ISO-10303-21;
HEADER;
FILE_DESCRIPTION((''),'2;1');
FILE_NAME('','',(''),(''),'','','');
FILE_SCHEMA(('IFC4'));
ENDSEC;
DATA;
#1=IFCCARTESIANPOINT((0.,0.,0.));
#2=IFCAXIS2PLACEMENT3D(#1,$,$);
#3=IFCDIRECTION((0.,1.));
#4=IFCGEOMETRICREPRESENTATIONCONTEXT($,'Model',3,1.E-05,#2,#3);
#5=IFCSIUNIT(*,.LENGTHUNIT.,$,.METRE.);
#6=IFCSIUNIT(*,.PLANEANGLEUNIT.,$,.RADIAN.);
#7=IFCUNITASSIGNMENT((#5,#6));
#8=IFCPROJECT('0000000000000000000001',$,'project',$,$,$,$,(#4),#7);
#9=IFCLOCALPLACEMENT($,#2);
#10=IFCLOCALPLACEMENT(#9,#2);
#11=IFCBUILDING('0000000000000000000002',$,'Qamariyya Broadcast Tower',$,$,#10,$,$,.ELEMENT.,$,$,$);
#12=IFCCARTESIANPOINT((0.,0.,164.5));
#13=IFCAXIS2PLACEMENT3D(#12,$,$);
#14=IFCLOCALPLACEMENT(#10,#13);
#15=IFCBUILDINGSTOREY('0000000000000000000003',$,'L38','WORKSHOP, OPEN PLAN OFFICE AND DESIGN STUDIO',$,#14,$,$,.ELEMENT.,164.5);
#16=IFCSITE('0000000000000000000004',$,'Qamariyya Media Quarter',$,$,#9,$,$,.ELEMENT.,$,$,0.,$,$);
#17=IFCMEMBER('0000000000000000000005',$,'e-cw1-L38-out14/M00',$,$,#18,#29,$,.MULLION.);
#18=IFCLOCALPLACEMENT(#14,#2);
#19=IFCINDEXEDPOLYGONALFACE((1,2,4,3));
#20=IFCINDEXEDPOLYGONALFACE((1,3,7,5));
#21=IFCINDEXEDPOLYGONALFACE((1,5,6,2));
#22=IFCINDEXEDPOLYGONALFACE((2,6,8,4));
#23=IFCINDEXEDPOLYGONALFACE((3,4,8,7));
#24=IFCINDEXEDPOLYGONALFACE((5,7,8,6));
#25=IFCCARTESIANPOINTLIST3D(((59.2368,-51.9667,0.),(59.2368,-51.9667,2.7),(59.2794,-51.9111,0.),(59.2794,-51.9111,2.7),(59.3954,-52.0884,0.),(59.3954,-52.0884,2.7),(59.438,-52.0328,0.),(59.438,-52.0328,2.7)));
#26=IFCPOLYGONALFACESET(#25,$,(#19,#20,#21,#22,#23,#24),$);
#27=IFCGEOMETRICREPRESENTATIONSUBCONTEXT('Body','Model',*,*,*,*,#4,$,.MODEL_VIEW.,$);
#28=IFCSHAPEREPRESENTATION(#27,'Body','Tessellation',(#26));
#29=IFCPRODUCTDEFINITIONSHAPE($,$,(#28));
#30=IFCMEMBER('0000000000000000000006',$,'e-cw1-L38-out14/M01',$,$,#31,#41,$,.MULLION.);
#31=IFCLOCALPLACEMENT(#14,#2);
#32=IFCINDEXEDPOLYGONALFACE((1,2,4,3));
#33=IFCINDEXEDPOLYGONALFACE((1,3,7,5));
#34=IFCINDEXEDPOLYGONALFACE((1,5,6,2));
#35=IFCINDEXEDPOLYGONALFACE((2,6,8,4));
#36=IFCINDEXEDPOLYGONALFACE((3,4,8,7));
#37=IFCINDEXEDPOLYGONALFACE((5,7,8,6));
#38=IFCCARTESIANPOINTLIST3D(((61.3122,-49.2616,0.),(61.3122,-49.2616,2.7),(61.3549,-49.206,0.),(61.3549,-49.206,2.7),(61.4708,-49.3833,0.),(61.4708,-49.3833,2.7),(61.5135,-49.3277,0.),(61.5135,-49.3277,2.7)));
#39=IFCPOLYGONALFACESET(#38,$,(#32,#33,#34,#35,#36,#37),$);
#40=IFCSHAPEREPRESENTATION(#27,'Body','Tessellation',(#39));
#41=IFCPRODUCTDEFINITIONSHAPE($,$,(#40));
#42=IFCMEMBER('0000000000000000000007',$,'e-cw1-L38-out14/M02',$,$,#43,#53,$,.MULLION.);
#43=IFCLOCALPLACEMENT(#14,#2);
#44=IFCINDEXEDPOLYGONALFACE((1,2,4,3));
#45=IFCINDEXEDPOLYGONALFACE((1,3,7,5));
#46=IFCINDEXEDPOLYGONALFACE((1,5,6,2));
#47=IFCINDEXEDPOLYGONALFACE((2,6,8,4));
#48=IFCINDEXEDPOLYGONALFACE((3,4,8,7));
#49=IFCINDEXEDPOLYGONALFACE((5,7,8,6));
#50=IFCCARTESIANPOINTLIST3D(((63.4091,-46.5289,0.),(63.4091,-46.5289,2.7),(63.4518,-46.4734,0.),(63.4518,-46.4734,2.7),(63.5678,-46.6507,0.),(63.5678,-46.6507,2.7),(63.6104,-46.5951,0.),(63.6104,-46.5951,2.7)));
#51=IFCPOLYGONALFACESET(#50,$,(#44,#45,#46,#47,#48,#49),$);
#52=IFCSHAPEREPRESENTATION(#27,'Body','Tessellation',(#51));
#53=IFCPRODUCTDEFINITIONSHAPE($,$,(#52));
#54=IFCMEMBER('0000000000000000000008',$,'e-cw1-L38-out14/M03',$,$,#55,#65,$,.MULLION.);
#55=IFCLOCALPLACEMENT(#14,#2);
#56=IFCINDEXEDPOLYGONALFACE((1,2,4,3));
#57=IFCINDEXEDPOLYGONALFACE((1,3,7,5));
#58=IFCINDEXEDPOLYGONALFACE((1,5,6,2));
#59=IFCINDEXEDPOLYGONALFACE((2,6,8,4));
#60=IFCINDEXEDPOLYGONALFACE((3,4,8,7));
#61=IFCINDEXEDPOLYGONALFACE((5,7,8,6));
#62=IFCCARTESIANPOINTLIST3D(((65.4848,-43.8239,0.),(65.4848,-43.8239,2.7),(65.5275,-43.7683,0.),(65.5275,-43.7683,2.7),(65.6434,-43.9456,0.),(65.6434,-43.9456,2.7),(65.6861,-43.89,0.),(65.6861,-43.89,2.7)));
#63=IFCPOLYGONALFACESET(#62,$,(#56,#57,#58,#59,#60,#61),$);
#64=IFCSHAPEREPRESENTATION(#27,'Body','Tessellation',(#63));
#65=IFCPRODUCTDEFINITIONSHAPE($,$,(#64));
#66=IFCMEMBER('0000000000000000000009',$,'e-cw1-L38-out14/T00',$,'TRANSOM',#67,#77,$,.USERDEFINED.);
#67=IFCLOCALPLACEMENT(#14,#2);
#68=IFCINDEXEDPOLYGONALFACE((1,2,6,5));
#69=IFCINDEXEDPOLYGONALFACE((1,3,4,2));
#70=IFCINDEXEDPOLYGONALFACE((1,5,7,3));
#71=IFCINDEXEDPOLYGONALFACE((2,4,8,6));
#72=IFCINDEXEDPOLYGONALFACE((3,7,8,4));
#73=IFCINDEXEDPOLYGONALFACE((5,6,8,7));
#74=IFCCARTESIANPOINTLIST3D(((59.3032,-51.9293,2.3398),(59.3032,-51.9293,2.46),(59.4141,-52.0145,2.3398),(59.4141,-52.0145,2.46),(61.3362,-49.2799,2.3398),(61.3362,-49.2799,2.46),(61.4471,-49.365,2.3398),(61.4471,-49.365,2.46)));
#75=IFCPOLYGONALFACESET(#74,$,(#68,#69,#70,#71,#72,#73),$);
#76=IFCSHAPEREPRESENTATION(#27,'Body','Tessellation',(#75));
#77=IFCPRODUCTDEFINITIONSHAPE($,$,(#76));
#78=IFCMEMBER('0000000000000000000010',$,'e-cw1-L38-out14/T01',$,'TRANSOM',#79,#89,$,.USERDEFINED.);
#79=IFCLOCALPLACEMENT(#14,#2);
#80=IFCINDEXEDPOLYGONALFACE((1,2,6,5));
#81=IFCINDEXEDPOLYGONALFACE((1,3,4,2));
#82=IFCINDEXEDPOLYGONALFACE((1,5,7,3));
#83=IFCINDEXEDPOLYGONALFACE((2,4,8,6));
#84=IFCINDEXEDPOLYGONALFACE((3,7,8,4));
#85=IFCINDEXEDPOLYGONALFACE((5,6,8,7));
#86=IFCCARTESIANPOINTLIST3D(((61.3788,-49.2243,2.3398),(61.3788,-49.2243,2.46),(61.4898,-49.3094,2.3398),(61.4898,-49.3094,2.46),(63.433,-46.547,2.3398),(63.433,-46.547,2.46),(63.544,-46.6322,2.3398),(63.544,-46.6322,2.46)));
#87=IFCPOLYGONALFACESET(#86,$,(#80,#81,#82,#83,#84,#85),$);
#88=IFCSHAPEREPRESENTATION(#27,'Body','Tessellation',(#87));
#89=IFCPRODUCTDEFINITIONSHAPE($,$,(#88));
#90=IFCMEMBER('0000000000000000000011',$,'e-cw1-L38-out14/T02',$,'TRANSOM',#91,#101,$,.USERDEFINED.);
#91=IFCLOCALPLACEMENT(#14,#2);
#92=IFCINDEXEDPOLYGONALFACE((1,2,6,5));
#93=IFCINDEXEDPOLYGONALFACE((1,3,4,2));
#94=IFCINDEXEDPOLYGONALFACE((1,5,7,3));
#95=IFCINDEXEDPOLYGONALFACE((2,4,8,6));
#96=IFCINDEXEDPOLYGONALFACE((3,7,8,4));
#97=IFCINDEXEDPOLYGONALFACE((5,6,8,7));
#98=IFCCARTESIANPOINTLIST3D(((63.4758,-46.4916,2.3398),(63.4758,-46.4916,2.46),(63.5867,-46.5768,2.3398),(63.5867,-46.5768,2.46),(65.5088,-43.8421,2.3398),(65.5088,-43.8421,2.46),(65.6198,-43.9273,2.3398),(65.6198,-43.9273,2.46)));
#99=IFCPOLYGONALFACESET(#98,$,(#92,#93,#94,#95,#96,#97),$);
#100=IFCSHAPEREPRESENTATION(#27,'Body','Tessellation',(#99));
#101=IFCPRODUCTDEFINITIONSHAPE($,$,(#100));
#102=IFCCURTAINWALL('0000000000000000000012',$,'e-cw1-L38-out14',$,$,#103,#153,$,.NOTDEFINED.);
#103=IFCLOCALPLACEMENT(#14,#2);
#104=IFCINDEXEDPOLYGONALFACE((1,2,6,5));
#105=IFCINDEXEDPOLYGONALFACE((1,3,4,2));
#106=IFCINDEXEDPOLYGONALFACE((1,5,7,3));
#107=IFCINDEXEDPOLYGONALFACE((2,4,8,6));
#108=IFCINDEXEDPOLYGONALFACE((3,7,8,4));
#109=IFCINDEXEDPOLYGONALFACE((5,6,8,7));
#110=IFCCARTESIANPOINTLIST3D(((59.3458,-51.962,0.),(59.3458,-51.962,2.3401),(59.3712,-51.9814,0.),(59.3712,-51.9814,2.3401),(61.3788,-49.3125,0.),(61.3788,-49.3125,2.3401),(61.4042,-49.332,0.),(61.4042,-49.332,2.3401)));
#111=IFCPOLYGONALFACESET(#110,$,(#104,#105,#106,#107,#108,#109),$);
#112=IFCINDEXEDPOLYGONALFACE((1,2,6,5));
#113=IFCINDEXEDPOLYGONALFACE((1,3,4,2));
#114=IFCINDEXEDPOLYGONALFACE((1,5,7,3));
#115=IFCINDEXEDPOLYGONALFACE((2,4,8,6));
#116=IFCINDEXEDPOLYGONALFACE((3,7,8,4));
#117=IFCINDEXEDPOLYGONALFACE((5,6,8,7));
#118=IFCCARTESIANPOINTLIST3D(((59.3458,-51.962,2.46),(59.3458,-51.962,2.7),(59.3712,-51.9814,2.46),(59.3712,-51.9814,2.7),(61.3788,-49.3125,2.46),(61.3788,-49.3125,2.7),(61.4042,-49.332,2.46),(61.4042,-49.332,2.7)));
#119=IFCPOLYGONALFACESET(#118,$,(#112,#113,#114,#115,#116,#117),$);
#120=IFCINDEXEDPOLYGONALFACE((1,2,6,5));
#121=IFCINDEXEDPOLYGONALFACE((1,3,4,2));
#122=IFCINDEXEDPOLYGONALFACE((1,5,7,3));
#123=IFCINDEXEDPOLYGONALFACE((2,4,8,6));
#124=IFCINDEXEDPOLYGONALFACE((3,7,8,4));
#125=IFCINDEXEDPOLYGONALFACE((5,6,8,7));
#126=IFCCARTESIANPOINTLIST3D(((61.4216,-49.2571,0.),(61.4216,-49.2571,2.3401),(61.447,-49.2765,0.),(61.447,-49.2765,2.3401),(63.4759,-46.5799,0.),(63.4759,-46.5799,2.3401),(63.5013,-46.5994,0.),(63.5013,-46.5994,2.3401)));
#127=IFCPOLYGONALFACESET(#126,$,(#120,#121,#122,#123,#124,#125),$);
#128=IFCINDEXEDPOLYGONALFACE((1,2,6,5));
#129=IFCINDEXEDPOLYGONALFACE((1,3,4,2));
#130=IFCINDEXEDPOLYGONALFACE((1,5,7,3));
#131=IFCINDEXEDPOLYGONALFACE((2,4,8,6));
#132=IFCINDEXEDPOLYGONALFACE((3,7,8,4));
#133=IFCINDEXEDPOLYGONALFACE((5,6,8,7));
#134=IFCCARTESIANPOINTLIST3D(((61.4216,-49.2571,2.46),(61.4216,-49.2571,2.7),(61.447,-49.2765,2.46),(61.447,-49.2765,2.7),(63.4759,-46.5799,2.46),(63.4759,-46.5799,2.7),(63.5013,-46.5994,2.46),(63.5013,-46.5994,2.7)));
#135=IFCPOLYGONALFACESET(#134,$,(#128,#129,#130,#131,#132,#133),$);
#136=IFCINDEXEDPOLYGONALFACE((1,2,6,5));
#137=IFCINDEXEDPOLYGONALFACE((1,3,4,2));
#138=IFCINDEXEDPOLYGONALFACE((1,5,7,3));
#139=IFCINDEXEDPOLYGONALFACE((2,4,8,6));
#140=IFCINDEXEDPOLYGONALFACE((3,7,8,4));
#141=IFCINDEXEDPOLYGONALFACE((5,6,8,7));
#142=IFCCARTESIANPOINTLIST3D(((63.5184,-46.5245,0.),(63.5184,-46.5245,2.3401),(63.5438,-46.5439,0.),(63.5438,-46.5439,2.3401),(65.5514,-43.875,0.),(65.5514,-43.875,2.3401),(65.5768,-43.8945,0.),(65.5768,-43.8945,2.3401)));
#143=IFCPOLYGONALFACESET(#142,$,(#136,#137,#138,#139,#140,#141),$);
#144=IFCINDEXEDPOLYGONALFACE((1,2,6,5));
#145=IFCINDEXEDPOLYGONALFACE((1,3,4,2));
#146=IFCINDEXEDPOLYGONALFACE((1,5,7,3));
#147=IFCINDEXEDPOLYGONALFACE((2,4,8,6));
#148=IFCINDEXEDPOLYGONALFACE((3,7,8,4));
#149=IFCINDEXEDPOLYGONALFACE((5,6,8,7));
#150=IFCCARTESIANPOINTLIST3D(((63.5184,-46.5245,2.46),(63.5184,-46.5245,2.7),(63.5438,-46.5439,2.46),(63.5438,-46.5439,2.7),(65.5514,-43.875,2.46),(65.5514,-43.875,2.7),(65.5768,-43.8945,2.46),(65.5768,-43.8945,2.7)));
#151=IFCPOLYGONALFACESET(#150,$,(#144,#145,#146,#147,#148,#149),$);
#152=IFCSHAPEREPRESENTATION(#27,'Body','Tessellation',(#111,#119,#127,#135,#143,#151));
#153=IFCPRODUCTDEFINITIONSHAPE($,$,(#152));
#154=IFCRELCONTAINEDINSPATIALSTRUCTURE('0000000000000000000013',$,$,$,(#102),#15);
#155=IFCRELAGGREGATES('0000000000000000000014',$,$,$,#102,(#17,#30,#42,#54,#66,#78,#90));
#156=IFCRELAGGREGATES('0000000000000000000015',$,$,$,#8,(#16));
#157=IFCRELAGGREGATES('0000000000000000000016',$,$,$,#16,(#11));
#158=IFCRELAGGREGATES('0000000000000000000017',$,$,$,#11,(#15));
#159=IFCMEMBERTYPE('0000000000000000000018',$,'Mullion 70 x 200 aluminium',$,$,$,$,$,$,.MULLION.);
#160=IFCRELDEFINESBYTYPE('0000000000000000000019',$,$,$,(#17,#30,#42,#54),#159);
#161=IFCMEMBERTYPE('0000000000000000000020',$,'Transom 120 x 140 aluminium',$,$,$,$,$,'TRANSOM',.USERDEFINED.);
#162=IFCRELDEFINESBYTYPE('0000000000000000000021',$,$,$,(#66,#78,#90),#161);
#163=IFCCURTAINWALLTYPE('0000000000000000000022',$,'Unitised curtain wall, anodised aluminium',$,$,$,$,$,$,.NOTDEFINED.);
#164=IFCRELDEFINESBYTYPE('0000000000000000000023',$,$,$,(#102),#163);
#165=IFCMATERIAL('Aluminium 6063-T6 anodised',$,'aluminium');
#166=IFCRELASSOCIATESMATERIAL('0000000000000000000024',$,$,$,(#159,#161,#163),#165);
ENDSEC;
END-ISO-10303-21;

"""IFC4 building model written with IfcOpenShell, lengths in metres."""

from ifc_helpers import new_model, si_unit, direction, frame, origin, origin_2d, place, context, subcontext, project, spatial, rectangle, extrude, material, material_profile, profile_set, type_object, element, aggregate, save


model = new_model("IFC4")

# Units and contexts
model_context = context("Model", 3, precision=1e-05, world=origin(), true_north=direction((0.0, 1.0)))
body_context = subcontext(model_context, "Body", "Model", "MODEL_VIEW")
ifc_project = project(units=[si_unit("LENGTHUNIT", "METRE"), si_unit("PLANEANGLEUNIT", "RADIAN")], contexts=[model_context])

# Members
ifc_material = material(Name="Aluminium 6063-T6 anodised", Category="aluminium")
ifc_material_profile_1 = material_profile(ifc_material, rectangle(XDim=0.2, YDim=0.0701, at=origin_2d()))
ifc_profile_set_1 = profile_set([ifc_material_profile_1], Name="Aluminium 6063-T6 anodised")
member_type_1 = type_object("IfcMemberType", Name="Mullion 70 x 200 aluminium", PredefinedType="MULLION", material=ifc_profile_set_1)
site_placement = place(None, origin())
building_placement = place(site_placement, origin())
storey_placement = place(building_placement, frame((0.0, 0.0, 164.5)))
member_1_placement = place(storey_placement, frame((59.3374, -51.9998, 0.0), z_axis=(0.0, 0.0, 1.0), x_axis=(-0.793353, 0.608761, 0.0)))
member_1 = element("IfcMember", 1, at=member_1_placement, type_object=member_type_1, Name="e-cw1-L38-out14/M00", PredefinedType="MULLION", context=body_context, shape_type="SweptSolid", body=[
    extrude(rectangle(XDim=0.2, YDim=0.0701, at=origin_2d()), origin(), (0.0, 0.0, 1.0), 2.7),
])
member_2_placement = place(storey_placement, frame((61.4128, -49.2947, 0.0), z_axis=(0.0, 0.0, 1.0), x_axis=(-0.793353, 0.608761, 0.0)))
member_2 = element("IfcMember", 2, at=member_2_placement, type_object=member_type_1, Name="e-cw1-L38-out14/M01", PredefinedType="MULLION", context=body_context, shape_type="SweptSolid", body=[
    extrude(rectangle(XDim=0.2, YDim=0.0701, at=origin_2d()), origin(), (0.0, 0.0, 1.0), 2.7),
])
member_3_placement = place(storey_placement, frame((63.5098, -46.562, 0.0), z_axis=(0.0, 0.0, 1.0), x_axis=(-0.793353, 0.608761, 0.0)))
member_3 = element("IfcMember", 3, at=member_3_placement, type_object=member_type_1, Name="e-cw1-L38-out14/M02", PredefinedType="MULLION", context=body_context, shape_type="SweptSolid", body=[
    extrude(rectangle(XDim=0.2, YDim=0.0701, at=origin_2d()), origin(), (0.0, 0.0, 1.0), 2.7),
])
member_4_placement = place(storey_placement, frame((65.5854, -43.8569, 0.0), z_axis=(0.0, 0.0, 1.0), x_axis=(-0.793353, 0.608761, 0.0)))
member_4 = element("IfcMember", 4, at=member_4_placement, type_object=member_type_1, Name="e-cw1-L38-out14/M03", PredefinedType="MULLION", context=body_context, shape_type="SweptSolid", body=[
    extrude(rectangle(XDim=0.2, YDim=0.0701, at=origin_2d()), origin(), (0.0, 0.0, 1.0), 2.7),
])
ifc_material_profile_2 = material_profile(ifc_material, rectangle(XDim=0.1399, YDim=0.1201, at=origin_2d()))
ifc_profile_set_2 = profile_set([ifc_material_profile_2], Name="Aluminium 6063-T6 anodised")
member_type_2 = type_object("IfcMemberType", Name="Transom 120 x 140 aluminium", ElementType="TRANSOM", PredefinedType="USERDEFINED", material=ifc_profile_set_2)
member_5_placement = place(storey_placement, frame((59.3586, -51.9719, 2.3999), z_axis=(0.60876, 0.793354, 0.0), x_axis=(-0.793354, 0.60876, 0.0)))
member_5 = element("IfcMember", 5, at=member_5_placement, type_object=member_type_2, Name="e-cw1-L38-out14/T00", ObjectType="TRANSOM", PredefinedType="USERDEFINED", context=body_context, shape_type="SweptSolid", body=[
    extrude(rectangle(XDim=0.1399, YDim=0.1201, at=origin_2d()), origin(), (0.0, 0.0, 1.0), 3.3396),
])
member_6_placement = place(storey_placement, frame((61.4343, -49.2668, 2.3999), z_axis=(0.608738, 0.793371, 0.0), x_axis=(-0.793371, 0.608738, 0.0)))
member_6 = element("IfcMember", 6, at=member_6_placement, type_object=member_type_2, Name="e-cw1-L38-out14/T01", ObjectType="TRANSOM", PredefinedType="USERDEFINED", context=body_context, shape_type="SweptSolid", body=[
    extrude(rectangle(XDim=0.1399, YDim=0.1201, at=origin_2d()), origin(), (0.0, 0.0, 1.0), 3.3745),
])
member_7_placement = place(storey_placement, frame((63.5312, -46.5342, 2.3999), z_axis=(0.60876, 0.793354, 0.0), x_axis=(-0.793354, 0.60876, 0.0)))
member_7 = element("IfcMember", 7, at=member_7_placement, type_object=member_type_2, Name="e-cw1-L38-out14/T02", ObjectType="TRANSOM", PredefinedType="USERDEFINED", context=body_context, shape_type="SweptSolid", body=[
    extrude(rectangle(XDim=0.1399, YDim=0.1201, at=origin_2d()), origin(), (0.0, 0.0, 1.0), 3.3396),
])

# Site, building, storey
site = spatial("IfcSite", under=ifc_project, at=site_placement, Name="Qamariyya Media Quarter", CompositionType="ELEMENT", RefElevation=0.0)
building = spatial("IfcBuilding", under=site, at=building_placement, Name="Qamariyya Broadcast Tower", CompositionType="ELEMENT")
storey = spatial("IfcBuildingStorey", under=building, at=storey_placement, Name="L38", Description="WORKSHOP, OPEN PLAN OFFICE AND DESIGN STUDIO", CompositionType="ELEMENT", Elevation=164.5)

# Curtain wall
curtain_wall_type = type_object("IfcCurtainWallType", Name="Unitised curtain wall, anodised aluminium", PredefinedType="NOTDEFINED", material=ifc_material)
curtain_wall_1_placement = place(storey_placement, origin())
curtain_wall_1 = element("IfcCurtainWall", 8, at=curtain_wall_1_placement, inside=storey, type_object=curtain_wall_type, Name="e-cw1-L38-out14", PredefinedType="NOTDEFINED", context=body_context, shape_type="SweptSolid", body=[
    extrude(rectangle(XDim=3.3396, YDim=0.032, at=origin_2d()), frame((60.375, -50.647, 0.0), x_axis=(0.608764, 0.793352, 0.0)), (0.0, 0.0, 1.0), 2.3401),
    extrude(rectangle(XDim=3.3396, YDim=0.032, at=origin_2d()), frame((60.375, -50.647, 2.46), x_axis=(0.608764, 0.793352, 0.0)), (0.0, 0.0, 1.0), 0.24),
    extrude(rectangle(XDim=3.3745, YDim=0.032, at=origin_2d()), frame((62.4614, -47.9282, 0.0), x_axis=(0.608764, 0.793352, 0.0)), (0.0, 0.0, 1.0), 2.3401),
    extrude(rectangle(XDim=3.3745, YDim=0.032, at=origin_2d()), frame((62.4614, -47.9282, 2.46), x_axis=(0.608764, 0.793352, 0.0)), (0.0, 0.0, 1.0), 0.24),
    extrude(rectangle(XDim=3.3396, YDim=0.032, at=origin_2d()), frame((64.5476, -45.2095, 0.0), x_axis=(0.608764, 0.793352, 0.0)), (0.0, 0.0, 1.0), 2.3401),
    extrude(rectangle(XDim=3.3396, YDim=0.032, at=origin_2d()), frame((64.5476, -45.2095, 2.46), x_axis=(0.608764, 0.793352, 0.0)), (0.0, 0.0, 1.0), 0.24),
])
aggregate(curtain_wall_1, [member_1, member_2, member_3, member_4, member_5, member_6, member_7])

save(model, "model.ifc")
